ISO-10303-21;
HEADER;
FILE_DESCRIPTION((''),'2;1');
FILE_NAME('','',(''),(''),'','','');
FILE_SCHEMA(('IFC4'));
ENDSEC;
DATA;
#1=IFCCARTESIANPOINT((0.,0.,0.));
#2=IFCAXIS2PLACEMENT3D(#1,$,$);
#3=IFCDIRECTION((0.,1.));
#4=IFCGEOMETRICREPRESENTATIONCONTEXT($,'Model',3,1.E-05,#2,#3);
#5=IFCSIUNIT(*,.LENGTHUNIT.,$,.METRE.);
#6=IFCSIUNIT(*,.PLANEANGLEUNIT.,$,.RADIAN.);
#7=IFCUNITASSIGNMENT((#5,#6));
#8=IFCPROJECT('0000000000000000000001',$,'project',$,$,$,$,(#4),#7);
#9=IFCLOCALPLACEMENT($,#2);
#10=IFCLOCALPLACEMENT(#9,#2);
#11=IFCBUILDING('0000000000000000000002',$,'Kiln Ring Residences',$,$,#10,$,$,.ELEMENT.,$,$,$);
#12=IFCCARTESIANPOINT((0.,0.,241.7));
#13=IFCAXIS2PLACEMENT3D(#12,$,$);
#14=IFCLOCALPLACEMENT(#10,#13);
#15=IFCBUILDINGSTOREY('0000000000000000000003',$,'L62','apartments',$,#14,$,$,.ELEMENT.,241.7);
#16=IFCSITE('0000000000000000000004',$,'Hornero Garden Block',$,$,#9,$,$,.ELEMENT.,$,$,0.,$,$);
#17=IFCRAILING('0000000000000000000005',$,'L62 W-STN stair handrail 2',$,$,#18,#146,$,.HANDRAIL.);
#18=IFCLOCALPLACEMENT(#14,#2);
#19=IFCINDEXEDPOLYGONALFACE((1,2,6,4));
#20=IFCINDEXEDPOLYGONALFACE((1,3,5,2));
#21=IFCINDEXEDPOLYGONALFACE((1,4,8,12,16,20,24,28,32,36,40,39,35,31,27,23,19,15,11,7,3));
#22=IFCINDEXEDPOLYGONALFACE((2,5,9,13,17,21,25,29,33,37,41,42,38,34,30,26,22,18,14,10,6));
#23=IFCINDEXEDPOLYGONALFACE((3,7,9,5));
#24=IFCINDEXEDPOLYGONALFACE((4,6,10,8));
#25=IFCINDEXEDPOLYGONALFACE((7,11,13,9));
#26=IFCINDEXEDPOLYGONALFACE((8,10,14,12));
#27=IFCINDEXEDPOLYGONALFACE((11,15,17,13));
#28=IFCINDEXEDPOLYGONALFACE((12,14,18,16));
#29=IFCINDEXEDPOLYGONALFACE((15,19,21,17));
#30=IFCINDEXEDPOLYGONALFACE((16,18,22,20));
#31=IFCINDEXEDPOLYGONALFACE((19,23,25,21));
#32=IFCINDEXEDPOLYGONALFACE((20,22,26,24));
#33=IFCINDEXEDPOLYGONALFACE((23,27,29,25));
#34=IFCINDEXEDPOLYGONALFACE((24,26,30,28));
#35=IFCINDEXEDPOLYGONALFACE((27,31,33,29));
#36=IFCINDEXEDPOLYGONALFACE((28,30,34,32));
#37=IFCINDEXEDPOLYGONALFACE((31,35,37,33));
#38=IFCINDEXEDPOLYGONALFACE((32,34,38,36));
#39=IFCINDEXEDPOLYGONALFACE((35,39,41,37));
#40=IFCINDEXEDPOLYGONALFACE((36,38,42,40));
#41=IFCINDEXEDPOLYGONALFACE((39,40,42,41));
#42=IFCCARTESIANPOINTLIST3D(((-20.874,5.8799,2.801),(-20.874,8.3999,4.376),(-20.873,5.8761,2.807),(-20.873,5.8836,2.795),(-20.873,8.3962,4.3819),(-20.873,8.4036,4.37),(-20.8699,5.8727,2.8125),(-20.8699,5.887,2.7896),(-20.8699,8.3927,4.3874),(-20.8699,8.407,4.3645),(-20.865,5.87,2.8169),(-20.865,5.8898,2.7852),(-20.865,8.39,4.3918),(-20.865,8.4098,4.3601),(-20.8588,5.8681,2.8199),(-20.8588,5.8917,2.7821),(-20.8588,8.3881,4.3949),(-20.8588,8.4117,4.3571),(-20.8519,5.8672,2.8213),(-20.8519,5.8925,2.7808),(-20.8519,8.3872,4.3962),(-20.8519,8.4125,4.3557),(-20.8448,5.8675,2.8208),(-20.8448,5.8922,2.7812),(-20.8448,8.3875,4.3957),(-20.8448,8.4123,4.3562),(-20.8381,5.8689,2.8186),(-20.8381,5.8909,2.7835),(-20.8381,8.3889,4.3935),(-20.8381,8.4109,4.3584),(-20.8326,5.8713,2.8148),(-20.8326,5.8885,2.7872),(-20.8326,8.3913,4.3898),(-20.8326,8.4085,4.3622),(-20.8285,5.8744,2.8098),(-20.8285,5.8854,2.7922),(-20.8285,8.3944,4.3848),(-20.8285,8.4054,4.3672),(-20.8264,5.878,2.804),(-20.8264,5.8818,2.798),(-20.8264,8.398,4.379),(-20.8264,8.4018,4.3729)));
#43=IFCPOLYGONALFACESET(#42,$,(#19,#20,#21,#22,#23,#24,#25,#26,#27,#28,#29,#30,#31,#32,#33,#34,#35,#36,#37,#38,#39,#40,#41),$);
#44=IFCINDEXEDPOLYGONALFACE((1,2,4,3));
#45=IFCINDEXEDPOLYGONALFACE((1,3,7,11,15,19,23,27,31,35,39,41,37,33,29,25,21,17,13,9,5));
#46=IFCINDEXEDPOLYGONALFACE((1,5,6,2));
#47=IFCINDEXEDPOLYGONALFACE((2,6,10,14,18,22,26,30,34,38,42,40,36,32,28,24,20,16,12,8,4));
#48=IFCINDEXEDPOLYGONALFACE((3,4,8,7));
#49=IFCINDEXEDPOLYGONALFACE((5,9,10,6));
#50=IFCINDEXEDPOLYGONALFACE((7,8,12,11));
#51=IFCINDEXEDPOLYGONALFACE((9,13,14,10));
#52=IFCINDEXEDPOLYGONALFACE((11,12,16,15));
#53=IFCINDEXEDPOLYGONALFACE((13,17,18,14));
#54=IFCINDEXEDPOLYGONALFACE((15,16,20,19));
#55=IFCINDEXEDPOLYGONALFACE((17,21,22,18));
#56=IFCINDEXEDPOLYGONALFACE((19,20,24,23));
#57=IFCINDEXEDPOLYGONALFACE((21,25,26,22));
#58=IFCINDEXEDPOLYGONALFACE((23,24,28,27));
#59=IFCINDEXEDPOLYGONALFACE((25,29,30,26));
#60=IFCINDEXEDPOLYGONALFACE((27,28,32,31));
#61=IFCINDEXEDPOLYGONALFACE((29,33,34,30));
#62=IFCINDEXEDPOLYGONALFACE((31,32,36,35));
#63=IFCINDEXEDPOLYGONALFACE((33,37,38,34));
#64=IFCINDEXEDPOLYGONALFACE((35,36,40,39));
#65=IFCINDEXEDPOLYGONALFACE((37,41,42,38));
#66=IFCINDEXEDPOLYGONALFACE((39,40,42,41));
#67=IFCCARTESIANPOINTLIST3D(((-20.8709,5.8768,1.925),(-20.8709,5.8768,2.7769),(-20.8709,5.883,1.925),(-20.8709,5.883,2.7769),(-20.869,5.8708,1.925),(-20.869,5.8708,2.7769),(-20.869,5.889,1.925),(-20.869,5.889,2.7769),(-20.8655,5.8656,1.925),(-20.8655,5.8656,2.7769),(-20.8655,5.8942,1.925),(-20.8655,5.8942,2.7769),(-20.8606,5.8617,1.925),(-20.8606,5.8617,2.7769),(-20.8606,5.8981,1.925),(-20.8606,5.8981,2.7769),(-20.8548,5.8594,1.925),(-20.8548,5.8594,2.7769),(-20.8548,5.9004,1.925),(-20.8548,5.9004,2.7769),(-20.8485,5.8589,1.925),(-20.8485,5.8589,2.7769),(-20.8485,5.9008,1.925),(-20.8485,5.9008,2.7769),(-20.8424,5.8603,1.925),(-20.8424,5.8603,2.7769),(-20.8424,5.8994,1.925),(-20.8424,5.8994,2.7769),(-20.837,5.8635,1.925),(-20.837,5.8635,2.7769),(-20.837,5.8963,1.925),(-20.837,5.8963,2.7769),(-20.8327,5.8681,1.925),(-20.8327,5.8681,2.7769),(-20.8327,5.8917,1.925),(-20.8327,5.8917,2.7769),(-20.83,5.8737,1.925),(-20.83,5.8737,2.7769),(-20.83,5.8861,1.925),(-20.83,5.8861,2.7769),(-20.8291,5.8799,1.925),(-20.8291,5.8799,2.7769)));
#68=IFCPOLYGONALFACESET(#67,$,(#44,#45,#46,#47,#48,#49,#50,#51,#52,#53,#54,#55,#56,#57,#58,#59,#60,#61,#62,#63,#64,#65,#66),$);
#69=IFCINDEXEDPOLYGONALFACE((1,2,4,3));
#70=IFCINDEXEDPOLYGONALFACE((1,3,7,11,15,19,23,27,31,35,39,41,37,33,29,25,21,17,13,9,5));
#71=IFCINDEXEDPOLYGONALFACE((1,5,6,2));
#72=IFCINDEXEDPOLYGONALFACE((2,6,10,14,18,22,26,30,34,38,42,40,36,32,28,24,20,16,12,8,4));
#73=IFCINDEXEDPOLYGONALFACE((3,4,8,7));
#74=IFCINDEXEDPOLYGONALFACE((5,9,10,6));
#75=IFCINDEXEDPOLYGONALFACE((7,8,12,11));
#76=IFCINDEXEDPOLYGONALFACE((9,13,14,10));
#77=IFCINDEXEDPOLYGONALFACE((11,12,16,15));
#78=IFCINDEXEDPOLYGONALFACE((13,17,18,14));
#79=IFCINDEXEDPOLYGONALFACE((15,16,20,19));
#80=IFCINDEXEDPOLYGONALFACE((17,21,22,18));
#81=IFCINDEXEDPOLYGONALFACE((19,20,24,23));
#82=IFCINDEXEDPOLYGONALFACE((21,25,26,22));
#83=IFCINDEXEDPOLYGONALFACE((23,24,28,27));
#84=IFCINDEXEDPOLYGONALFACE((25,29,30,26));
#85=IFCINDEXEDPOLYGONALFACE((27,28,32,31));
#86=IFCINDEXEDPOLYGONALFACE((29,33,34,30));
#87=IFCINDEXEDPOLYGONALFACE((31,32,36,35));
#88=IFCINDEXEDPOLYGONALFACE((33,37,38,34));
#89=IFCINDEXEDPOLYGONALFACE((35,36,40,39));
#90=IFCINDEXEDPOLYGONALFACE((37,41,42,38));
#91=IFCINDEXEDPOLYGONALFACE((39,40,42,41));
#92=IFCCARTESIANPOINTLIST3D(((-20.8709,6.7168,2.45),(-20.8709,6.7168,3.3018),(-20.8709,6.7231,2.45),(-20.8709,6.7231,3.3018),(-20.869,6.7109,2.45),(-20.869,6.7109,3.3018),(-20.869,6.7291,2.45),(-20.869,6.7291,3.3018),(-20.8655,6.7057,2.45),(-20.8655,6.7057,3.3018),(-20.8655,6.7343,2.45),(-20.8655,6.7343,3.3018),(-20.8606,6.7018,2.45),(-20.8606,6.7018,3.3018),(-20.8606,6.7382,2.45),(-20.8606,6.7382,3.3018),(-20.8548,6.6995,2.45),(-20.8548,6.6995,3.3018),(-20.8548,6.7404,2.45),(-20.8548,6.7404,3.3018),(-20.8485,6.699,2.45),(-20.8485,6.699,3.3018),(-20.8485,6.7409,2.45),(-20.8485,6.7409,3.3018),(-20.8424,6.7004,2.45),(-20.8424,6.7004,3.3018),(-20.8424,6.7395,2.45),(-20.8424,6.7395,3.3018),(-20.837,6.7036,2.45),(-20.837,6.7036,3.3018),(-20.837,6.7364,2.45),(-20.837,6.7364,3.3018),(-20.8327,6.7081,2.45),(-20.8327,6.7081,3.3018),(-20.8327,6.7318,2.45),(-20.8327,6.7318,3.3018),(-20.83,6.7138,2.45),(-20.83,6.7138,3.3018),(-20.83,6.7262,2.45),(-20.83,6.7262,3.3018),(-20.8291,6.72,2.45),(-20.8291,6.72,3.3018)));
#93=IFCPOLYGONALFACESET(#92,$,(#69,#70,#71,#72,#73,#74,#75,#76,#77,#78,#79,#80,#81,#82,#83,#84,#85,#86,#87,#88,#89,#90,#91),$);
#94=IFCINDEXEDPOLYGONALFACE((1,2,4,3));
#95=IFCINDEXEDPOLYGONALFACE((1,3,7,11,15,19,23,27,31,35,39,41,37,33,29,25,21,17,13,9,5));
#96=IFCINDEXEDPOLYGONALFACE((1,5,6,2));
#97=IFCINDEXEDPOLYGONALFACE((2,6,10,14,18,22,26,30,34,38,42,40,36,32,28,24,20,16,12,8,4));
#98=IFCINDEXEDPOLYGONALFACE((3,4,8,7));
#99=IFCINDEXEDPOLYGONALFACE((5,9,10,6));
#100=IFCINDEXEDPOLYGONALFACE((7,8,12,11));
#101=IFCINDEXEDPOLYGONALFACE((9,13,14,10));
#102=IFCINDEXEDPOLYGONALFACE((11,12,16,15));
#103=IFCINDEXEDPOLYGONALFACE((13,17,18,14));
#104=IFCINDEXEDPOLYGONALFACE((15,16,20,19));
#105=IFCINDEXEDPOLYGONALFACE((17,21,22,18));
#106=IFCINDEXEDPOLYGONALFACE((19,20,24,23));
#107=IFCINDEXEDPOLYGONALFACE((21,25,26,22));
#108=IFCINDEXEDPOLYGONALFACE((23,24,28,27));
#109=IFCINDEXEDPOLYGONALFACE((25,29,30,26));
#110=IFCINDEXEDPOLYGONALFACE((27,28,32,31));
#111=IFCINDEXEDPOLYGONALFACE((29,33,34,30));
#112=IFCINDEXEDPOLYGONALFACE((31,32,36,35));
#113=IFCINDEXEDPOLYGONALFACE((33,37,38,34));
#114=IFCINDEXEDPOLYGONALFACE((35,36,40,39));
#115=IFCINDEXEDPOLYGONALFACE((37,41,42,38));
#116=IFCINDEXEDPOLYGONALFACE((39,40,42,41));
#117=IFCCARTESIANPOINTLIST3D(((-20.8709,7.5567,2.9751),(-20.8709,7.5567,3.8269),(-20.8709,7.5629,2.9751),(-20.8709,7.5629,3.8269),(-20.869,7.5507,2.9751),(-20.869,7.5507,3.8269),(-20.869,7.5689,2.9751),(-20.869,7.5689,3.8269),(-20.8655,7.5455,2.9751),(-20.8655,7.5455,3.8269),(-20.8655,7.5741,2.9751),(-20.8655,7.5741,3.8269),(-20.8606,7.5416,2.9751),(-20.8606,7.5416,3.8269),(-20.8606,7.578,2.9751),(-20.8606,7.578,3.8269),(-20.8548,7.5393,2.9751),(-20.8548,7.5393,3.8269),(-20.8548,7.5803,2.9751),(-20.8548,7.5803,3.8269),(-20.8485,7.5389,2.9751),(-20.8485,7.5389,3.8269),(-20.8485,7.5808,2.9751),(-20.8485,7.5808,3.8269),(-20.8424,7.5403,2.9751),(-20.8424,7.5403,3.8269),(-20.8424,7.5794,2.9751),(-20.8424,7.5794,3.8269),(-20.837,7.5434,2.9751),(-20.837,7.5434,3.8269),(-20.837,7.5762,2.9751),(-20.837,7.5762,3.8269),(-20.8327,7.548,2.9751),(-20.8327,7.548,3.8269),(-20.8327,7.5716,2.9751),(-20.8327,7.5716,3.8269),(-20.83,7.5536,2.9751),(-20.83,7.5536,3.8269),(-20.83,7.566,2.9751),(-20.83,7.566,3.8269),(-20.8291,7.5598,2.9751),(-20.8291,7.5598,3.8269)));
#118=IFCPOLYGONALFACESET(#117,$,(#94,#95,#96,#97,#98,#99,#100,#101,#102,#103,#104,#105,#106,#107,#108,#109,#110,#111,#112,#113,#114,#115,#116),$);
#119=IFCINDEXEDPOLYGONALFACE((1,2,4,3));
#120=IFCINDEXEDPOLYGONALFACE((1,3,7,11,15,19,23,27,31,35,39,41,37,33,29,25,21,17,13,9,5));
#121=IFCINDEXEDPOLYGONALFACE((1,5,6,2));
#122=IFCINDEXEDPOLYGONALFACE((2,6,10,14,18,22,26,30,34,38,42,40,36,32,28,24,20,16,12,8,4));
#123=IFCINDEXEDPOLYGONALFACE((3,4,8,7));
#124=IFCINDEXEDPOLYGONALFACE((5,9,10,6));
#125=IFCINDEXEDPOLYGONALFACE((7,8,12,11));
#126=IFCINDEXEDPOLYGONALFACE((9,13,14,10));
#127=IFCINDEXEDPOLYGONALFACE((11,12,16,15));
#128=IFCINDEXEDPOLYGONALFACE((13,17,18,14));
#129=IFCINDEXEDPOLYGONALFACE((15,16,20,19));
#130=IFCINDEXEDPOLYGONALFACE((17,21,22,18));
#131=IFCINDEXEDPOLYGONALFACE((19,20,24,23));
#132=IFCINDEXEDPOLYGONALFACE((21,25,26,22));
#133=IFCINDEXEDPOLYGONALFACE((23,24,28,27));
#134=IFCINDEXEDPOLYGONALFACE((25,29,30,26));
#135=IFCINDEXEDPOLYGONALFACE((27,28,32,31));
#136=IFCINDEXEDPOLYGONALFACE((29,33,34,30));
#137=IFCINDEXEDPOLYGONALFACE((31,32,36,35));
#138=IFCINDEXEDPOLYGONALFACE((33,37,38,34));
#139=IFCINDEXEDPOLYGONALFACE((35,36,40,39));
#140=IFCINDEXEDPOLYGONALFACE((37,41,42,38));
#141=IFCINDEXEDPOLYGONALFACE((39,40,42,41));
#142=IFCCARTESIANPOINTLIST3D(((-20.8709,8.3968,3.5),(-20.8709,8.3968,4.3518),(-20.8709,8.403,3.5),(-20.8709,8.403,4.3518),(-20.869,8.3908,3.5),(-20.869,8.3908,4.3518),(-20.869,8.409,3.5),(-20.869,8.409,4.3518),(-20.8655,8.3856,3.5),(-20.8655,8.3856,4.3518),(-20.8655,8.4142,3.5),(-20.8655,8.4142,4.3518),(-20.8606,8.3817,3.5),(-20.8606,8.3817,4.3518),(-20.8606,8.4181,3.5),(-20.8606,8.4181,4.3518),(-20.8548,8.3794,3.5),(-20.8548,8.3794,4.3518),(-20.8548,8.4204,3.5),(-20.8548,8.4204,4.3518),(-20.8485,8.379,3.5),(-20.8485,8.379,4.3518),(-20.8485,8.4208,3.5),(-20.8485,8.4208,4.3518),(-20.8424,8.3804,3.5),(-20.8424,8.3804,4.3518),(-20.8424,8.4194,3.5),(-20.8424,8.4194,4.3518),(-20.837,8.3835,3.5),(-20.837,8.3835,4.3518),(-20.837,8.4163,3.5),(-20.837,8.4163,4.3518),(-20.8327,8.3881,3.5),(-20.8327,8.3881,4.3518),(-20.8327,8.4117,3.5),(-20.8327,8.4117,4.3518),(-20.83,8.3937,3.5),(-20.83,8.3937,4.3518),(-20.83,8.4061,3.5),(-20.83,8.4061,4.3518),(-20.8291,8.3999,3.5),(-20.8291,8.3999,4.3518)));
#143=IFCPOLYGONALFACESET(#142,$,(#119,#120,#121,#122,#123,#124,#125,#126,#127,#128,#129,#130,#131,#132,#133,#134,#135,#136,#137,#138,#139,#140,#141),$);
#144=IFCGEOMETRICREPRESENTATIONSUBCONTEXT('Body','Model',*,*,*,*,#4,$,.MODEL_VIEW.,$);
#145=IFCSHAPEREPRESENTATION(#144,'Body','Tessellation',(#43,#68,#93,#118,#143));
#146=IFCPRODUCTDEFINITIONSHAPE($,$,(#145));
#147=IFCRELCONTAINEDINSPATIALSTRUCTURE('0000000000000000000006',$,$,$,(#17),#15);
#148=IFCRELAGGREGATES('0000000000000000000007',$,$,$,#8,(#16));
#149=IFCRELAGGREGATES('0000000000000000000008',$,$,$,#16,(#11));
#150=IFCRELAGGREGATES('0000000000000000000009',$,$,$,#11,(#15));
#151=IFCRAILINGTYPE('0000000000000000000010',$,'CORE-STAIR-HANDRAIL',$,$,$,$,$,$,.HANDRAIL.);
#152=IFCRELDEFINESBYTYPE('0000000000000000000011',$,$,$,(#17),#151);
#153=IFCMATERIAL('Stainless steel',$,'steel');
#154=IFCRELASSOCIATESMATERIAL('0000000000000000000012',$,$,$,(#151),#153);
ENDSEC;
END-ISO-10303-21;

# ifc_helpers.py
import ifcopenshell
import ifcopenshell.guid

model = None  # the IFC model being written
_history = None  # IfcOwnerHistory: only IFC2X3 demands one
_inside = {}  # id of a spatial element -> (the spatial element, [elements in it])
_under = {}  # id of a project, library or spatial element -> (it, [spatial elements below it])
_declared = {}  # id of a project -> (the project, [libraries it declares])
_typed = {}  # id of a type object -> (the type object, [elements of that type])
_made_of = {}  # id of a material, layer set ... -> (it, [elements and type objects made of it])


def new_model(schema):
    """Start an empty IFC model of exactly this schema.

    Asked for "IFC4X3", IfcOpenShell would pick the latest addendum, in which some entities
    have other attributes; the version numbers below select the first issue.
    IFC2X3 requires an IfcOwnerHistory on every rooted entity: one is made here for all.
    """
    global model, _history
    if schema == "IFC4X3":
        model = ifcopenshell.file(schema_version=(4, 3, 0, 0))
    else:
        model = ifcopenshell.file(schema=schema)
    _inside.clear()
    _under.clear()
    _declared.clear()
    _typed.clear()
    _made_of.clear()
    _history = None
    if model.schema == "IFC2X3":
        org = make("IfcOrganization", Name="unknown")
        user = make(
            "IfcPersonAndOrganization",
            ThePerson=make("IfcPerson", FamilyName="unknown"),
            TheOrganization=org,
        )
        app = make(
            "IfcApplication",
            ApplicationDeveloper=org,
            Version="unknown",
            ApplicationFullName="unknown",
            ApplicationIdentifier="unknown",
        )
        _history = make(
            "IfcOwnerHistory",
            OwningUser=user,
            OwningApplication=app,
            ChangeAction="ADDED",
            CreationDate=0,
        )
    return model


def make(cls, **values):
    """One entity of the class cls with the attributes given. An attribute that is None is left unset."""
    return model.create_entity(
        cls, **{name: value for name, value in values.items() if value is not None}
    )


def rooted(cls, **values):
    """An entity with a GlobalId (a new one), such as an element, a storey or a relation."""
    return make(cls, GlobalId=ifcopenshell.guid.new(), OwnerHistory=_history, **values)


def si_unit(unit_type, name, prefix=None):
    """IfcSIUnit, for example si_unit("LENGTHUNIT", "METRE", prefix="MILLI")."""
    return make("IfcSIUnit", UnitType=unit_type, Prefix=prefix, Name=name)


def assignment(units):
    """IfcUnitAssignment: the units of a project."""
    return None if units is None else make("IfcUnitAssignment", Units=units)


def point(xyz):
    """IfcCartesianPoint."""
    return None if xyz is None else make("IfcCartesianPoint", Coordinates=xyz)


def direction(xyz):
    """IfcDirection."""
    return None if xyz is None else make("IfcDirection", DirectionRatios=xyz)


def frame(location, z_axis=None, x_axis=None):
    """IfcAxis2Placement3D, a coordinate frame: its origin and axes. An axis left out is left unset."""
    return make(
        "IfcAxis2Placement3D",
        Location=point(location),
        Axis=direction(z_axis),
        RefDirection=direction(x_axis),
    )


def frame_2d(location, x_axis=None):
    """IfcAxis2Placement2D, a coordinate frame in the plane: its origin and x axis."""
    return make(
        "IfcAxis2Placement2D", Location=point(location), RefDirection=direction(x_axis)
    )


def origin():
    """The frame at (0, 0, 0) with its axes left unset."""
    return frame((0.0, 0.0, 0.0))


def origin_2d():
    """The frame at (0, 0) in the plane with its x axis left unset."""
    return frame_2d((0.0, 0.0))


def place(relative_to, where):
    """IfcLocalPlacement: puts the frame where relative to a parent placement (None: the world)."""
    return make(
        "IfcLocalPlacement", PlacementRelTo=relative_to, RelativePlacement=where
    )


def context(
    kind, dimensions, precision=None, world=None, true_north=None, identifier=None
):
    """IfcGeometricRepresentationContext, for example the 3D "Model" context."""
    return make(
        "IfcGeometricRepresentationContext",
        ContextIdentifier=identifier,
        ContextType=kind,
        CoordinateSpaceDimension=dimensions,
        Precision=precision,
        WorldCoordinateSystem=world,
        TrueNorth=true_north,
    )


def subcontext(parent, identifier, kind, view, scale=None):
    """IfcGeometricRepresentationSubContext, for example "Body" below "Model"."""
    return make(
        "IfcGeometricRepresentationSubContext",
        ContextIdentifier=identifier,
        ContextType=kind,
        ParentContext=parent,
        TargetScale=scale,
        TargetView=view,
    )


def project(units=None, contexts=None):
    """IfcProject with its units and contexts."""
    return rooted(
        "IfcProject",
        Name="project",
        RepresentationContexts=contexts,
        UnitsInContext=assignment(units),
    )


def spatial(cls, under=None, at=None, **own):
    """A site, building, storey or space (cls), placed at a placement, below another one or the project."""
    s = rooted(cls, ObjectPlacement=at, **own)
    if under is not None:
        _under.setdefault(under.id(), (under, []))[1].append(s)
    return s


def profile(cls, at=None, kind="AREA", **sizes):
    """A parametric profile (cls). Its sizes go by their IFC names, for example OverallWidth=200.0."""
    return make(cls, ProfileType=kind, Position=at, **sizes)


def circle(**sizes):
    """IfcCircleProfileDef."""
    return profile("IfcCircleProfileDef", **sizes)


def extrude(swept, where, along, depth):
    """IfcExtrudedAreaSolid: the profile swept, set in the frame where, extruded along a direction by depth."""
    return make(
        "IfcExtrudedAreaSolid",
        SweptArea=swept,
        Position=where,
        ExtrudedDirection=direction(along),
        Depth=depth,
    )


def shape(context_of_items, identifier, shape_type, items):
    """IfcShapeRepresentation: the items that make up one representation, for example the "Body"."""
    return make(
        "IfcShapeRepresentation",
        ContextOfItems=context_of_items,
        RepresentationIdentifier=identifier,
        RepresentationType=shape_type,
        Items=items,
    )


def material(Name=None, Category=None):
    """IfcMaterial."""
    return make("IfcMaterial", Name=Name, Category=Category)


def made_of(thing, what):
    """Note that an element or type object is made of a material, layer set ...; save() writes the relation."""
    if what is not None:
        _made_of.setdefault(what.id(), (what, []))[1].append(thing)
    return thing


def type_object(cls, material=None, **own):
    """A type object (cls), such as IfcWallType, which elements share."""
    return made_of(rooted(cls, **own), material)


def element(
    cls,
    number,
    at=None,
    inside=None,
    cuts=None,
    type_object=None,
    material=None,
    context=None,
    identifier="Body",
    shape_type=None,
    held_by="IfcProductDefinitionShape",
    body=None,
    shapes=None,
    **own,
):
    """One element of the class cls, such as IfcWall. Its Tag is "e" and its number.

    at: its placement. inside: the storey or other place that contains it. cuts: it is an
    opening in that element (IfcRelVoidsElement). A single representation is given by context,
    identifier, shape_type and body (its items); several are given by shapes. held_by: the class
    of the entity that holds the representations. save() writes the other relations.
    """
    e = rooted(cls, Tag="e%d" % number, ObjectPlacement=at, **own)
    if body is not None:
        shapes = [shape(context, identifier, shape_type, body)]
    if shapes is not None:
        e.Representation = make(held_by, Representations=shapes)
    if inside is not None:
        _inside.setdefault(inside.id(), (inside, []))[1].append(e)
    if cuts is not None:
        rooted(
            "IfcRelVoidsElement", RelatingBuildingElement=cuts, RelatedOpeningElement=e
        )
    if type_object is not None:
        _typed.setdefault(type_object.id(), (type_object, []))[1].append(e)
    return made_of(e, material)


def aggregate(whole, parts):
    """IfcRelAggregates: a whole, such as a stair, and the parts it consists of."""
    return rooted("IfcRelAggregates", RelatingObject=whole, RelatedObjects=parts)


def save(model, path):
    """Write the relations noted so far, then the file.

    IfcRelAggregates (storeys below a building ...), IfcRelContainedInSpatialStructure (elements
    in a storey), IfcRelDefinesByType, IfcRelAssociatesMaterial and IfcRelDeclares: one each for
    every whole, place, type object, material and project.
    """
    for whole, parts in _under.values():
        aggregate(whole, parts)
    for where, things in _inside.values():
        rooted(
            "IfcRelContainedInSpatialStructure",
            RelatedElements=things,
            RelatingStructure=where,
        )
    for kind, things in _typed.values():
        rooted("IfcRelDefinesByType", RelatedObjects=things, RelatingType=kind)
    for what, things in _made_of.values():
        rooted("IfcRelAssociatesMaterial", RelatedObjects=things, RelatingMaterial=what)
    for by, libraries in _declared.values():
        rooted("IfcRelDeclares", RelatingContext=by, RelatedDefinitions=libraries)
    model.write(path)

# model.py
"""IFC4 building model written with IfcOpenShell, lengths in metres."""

from ifc_helpers import new_model, si_unit, direction, frame, origin, origin_2d, place, context, subcontext, project, spatial, circle, extrude, material, type_object, element, save


model = new_model("IFC4")

# Units and contexts
model_context = context("Model", 3, precision=1e-05, world=origin(), true_north=direction((0.0, 1.0)))
body_context = subcontext(model_context, "Body", "Model", "MODEL_VIEW")
ifc_project = project(units=[si_unit("LENGTHUNIT", "METRE"), si_unit("PLANEANGLEUNIT", "RADIAN")], contexts=[model_context])

# Site, building, storey
site_placement = place(None, origin())
site = spatial("IfcSite", under=ifc_project, at=site_placement, Name="Hornero Garden Block", CompositionType="ELEMENT", RefElevation=0.0)
building_placement = place(site_placement, origin())
building = spatial("IfcBuilding", under=site, at=building_placement, Name="Kiln Ring Residences", CompositionType="ELEMENT")
storey_placement = place(building_placement, frame((0.0, 0.0, 241.7)))
storey = spatial("IfcBuildingStorey", under=building, at=storey_placement, Name="L62", Description="apartments", CompositionType="ELEMENT", Elevation=241.7)

# Railing
ifc_material_1 = material(Name="Stainless steel", Category="steel")
railing_type_1 = type_object("IfcRailingType", Name="CORE-STAIR-HANDRAIL", PredefinedType="HANDRAIL", material=ifc_material_1)
railing_1_placement = place(storey_placement, frame((-20.8501, 5.8799, 1.925)))
element("IfcRailing", 1, at=railing_1_placement, inside=storey, type_object=railing_type_1, Name="L62 W-STN stair handrail 2", PredefinedType="HANDRAIL", context=body_context, shape_type="SweptSolid", body=[
    extrude(circle(Radius=0.0239, at=origin_2d()), frame((0.0, 0.0, 0.876), z_axis=(0.0, 0.848008, 0.529984), x_axis=(-1.0, 0.0, 0.0)), (0.0, 0.0, 1.0), 2.9717),
    extrude(circle(Radius=0.021, at=origin_2d()), origin(), (0.0, 0.0, 1.0), 0.8518),
    extrude(circle(Radius=0.021, at=origin_2d()), frame((0.0, 0.8401, 0.5249)), (0.0, 0.0, 1.0), 0.8518),
    extrude(circle(Radius=0.021, at=origin_2d()), frame((0.0, 1.6799, 1.05)), (0.0, 0.0, 1.0), 0.8518),
    extrude(circle(Radius=0.021, at=origin_2d()), frame((0.0, 2.52, 1.575)), (0.0, 0.0, 1.0), 0.8518),
])

save(model, "model.ifc")
